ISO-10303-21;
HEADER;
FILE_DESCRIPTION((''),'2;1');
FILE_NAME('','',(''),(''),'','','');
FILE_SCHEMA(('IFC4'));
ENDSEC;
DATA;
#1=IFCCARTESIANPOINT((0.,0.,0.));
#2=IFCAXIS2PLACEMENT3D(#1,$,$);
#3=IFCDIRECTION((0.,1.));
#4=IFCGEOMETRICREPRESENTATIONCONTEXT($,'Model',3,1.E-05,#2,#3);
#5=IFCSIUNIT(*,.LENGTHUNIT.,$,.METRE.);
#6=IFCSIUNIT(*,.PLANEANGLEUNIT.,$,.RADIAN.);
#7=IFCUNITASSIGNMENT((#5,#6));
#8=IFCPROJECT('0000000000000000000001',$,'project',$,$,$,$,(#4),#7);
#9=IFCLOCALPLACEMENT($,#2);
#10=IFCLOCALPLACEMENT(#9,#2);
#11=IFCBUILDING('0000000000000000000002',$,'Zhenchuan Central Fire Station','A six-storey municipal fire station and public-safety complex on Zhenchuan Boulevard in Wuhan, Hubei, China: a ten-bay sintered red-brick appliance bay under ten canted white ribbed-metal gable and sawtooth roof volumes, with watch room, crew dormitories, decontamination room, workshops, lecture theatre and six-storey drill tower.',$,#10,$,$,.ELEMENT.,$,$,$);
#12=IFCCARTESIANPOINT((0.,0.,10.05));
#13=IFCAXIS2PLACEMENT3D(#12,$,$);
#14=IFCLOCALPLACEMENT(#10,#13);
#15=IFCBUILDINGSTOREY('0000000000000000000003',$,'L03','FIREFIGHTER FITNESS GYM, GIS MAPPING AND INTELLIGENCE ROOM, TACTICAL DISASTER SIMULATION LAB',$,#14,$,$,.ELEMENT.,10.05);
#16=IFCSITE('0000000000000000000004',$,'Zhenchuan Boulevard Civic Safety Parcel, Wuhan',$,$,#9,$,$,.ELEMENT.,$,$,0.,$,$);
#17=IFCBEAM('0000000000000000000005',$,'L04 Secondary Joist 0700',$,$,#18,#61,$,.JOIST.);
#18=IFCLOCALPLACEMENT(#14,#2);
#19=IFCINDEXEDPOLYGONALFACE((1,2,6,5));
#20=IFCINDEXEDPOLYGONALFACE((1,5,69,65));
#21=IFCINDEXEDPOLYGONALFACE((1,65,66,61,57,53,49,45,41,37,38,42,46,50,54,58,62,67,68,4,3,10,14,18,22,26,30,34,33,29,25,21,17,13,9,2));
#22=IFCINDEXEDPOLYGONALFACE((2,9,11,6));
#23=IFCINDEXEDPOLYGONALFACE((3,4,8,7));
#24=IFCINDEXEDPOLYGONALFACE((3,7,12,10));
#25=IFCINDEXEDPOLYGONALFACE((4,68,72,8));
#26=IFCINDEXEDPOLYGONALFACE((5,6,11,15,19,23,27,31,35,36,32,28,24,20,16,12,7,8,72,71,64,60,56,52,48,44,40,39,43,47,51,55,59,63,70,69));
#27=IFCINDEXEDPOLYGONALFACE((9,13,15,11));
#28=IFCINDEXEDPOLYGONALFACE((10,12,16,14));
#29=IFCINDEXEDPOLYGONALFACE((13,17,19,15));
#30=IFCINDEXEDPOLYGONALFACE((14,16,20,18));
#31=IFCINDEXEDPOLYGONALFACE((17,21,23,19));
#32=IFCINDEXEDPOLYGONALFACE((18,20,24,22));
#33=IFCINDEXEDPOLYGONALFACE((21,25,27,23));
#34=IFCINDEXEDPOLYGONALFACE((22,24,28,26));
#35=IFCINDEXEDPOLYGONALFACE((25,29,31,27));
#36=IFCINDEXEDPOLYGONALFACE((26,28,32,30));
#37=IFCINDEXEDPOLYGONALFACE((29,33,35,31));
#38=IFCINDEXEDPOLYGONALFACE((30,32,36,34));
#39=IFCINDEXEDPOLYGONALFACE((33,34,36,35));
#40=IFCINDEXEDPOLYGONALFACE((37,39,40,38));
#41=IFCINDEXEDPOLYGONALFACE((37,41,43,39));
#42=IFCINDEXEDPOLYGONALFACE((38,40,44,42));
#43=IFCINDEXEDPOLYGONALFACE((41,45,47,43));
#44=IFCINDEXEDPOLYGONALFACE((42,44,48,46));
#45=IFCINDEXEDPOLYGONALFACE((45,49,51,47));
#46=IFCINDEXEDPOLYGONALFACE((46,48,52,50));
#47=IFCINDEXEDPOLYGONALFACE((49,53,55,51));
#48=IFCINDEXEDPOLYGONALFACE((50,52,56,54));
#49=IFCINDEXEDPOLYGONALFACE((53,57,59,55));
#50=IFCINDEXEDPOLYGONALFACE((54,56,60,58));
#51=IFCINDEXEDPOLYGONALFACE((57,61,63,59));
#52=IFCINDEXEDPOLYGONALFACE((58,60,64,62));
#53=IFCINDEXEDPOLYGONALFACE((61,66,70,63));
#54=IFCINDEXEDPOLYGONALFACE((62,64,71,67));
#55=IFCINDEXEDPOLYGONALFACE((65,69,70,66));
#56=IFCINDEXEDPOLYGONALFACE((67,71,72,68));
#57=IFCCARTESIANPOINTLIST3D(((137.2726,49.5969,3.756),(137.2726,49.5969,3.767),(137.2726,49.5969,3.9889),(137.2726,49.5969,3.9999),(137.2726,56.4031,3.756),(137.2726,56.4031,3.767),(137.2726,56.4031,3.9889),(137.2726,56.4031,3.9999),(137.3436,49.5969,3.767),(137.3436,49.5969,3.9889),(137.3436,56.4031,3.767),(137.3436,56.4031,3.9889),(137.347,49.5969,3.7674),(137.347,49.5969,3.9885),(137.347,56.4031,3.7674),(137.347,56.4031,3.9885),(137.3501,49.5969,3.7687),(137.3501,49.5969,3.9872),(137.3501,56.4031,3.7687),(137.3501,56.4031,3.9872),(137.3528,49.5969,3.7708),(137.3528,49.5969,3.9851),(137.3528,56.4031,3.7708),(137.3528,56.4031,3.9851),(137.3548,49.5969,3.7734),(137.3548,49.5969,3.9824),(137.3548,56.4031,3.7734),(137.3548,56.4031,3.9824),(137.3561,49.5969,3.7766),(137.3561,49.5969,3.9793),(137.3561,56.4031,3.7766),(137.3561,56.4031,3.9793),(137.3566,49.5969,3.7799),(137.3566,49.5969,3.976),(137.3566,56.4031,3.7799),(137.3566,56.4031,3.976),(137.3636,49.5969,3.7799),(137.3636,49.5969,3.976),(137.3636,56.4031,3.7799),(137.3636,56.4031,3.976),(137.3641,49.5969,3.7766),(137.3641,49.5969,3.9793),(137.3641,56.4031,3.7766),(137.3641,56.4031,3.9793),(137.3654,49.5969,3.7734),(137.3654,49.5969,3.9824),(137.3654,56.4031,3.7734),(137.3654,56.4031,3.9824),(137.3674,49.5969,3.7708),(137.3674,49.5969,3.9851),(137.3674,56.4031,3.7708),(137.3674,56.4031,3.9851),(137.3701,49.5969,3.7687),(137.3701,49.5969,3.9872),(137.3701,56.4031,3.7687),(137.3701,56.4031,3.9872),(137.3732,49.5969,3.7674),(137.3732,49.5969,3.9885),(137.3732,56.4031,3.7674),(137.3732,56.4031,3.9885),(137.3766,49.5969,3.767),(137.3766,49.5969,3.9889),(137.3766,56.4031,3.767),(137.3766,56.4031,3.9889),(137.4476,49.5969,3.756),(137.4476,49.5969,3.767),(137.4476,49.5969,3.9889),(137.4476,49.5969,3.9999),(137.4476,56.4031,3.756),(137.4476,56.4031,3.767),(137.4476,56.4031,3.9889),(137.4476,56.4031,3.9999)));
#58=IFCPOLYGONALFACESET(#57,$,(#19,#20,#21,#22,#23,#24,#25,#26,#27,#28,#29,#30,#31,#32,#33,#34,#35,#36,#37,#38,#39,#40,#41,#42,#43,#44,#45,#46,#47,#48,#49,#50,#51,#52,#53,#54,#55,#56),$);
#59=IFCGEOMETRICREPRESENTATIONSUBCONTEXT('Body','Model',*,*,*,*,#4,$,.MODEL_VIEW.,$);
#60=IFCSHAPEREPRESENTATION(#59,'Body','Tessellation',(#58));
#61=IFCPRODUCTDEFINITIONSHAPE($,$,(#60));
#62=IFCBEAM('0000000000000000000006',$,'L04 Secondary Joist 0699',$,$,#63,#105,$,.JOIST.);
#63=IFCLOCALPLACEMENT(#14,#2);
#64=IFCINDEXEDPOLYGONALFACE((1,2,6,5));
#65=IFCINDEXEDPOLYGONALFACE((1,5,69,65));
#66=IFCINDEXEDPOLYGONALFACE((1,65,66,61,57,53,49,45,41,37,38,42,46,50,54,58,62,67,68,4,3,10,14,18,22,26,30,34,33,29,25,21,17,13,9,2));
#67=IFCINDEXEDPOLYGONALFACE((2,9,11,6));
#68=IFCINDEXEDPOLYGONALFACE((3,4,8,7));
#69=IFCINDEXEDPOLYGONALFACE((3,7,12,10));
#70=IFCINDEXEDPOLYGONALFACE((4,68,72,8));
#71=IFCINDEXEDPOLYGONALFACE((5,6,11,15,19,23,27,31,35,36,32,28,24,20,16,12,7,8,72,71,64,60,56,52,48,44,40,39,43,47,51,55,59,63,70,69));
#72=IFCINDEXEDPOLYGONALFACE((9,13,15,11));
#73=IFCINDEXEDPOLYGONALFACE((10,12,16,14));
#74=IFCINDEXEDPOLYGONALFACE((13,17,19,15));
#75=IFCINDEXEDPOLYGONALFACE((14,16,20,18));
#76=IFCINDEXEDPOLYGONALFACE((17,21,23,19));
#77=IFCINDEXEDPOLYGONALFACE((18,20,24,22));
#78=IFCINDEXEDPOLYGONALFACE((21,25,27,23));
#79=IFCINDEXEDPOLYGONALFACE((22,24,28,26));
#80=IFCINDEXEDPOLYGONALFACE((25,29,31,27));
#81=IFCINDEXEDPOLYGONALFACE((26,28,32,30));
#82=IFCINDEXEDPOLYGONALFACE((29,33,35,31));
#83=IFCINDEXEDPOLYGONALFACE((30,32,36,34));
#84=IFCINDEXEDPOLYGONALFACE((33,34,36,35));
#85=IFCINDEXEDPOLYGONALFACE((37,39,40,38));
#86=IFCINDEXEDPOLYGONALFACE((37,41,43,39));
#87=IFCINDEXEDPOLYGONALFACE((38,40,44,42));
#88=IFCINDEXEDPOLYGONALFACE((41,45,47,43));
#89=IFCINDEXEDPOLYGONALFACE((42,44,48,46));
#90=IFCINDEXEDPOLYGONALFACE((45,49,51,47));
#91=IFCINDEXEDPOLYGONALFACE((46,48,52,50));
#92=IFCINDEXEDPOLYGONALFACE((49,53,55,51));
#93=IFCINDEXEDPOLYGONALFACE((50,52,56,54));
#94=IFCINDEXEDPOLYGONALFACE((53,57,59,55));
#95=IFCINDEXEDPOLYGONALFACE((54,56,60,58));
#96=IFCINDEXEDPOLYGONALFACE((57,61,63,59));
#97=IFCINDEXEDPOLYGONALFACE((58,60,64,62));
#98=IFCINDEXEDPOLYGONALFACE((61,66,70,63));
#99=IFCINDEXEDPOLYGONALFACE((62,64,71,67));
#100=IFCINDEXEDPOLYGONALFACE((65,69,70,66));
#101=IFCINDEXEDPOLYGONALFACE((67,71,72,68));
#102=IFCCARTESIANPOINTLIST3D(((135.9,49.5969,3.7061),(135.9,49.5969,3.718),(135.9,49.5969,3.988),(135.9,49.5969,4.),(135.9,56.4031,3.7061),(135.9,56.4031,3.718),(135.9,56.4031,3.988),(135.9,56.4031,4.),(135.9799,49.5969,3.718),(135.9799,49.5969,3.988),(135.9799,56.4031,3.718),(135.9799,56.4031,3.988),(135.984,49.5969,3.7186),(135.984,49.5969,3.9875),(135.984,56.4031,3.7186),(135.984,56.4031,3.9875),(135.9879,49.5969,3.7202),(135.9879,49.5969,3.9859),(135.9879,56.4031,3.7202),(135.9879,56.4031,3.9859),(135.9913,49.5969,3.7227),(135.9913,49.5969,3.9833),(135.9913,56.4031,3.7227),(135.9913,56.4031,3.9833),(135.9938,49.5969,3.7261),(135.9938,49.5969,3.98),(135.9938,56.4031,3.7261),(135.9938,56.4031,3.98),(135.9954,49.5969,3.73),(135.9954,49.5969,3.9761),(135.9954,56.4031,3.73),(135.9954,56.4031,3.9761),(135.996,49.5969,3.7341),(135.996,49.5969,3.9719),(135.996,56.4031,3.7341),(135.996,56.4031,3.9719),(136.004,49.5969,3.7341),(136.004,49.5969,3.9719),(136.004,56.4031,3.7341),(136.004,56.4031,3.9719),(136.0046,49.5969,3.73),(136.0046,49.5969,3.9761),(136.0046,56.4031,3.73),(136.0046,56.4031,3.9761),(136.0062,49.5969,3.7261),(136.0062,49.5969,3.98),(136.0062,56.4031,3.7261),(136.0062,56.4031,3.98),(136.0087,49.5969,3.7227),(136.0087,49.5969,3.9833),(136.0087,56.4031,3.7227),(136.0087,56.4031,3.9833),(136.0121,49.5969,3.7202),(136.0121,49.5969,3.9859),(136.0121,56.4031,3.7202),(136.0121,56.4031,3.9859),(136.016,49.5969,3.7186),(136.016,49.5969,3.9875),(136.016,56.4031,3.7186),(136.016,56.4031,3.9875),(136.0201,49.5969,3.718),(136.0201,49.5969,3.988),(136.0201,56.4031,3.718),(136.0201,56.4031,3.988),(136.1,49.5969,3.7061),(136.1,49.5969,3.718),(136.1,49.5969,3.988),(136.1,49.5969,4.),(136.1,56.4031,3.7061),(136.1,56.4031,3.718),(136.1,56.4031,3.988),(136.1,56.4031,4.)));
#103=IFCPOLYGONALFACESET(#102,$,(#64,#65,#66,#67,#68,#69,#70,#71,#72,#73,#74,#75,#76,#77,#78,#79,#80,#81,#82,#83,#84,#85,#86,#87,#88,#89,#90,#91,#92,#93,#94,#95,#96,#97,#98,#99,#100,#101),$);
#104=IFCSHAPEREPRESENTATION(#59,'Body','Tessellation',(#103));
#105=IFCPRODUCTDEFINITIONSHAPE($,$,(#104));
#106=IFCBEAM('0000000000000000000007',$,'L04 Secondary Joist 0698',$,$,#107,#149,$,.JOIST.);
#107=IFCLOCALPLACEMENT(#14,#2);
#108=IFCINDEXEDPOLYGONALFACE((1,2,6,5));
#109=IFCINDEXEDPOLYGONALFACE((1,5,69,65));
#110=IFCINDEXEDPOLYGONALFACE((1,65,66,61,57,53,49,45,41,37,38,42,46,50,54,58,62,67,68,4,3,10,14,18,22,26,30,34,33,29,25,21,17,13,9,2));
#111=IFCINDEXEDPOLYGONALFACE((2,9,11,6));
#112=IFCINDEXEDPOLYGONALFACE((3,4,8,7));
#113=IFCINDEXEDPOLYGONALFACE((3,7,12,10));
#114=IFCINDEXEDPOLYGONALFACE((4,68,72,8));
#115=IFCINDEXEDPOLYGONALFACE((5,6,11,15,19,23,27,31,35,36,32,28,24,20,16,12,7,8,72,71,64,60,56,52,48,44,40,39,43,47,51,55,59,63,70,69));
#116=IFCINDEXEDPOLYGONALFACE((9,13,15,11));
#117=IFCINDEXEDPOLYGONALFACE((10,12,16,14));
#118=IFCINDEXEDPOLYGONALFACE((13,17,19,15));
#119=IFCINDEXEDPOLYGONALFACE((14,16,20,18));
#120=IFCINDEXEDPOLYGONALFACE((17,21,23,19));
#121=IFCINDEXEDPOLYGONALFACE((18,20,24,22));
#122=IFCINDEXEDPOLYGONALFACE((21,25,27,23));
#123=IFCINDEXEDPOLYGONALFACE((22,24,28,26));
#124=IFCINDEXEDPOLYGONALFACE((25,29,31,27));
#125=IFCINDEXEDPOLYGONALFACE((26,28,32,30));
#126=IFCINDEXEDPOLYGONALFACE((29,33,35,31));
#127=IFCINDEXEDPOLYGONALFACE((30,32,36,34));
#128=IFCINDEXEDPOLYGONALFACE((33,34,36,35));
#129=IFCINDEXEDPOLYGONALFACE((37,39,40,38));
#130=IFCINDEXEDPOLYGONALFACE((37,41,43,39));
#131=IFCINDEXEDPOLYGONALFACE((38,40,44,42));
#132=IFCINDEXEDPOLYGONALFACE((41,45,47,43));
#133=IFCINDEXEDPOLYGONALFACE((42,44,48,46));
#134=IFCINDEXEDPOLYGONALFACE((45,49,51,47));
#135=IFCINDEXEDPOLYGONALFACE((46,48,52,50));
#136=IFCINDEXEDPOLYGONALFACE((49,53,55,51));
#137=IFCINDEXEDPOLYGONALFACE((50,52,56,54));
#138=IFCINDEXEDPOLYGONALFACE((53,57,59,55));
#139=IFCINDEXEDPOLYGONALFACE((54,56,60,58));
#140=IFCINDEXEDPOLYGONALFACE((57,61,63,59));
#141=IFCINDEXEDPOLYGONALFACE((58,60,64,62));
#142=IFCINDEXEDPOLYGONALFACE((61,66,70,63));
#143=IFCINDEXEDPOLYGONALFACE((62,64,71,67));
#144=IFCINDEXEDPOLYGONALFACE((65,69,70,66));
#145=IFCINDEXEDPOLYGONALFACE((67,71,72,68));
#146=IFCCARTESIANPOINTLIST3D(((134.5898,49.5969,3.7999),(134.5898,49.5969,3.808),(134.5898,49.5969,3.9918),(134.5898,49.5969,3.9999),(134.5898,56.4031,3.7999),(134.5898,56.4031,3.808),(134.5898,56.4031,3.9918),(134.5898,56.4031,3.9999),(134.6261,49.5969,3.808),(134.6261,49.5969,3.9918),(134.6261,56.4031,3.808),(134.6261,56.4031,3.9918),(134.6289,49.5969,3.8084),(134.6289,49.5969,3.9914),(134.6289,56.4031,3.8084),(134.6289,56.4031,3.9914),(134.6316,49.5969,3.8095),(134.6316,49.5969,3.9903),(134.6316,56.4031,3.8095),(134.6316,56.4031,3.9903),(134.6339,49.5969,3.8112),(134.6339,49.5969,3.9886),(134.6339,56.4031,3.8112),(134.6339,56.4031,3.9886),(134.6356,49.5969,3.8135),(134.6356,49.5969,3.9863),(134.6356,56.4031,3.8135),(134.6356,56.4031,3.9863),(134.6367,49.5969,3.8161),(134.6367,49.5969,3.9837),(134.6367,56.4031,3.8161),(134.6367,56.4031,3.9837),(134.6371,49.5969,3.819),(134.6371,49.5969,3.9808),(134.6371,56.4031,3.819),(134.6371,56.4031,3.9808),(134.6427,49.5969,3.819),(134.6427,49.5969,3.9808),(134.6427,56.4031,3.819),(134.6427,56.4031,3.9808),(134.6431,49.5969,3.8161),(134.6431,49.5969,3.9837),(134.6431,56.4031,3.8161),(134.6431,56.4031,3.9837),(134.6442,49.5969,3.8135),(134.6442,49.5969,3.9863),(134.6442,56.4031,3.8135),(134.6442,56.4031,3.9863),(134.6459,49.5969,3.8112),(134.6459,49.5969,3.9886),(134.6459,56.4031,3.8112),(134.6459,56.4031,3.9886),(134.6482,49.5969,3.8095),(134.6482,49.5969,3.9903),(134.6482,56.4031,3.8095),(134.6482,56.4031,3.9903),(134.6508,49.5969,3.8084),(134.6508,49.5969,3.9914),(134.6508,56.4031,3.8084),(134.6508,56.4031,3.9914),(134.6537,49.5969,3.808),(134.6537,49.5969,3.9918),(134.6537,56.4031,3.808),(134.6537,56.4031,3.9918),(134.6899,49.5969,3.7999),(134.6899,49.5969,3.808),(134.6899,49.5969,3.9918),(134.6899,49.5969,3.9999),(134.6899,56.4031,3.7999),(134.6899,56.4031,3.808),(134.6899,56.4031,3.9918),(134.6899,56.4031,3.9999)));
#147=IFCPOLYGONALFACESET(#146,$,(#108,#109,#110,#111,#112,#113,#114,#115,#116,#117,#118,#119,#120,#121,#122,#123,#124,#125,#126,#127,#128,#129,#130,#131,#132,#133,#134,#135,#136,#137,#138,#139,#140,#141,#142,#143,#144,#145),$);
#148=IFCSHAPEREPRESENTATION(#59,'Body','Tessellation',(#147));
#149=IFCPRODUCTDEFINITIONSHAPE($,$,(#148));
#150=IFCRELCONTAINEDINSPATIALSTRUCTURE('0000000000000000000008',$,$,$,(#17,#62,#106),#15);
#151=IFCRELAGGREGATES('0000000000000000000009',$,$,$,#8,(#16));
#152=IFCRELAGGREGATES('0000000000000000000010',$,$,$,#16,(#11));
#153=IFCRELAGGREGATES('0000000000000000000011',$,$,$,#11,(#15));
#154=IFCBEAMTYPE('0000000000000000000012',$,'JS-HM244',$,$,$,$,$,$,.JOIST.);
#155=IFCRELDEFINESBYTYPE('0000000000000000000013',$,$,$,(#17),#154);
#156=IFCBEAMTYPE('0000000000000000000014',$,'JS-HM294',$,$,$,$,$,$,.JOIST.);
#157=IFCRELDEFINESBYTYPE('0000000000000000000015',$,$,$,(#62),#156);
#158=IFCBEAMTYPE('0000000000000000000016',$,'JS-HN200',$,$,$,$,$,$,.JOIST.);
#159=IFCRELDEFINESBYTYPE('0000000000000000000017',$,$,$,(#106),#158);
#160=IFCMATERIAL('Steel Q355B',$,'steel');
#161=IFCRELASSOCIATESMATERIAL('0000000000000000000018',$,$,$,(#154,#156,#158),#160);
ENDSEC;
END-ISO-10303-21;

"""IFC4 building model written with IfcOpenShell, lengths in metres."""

from ifc_helpers import new_model, si_unit, direction, frame, origin, origin_2d, place, context, subcontext, project, spatial, i_section, extrude, material, material_profile, profile_set, type_object, element, save


model = new_model("IFC4")

# Units and contexts
model_context = context("Model", 3, precision=1e-05, world=origin(), true_north=direction((0.0, 1.0)))
body_context = subcontext(model_context, "Body", "Model", "MODEL_VIEW")
ifc_project = project(units=[si_unit("LENGTHUNIT", "METRE"), si_unit("PLANEANGLEUNIT", "RADIAN")], contexts=[model_context])

# Site, building, storey
site_placement = place(None, origin())
site = spatial("IfcSite", under=ifc_project, at=site_placement, Name="Zhenchuan Boulevard Civic Safety Parcel, Wuhan", CompositionType="ELEMENT", RefElevation=0.0)
building_placement = place(site_placement, origin())
building = spatial("IfcBuilding", under=site, at=building_placement, Name="Zhenchuan Central Fire Station", Description="A six-storey municipal fire station and public-safety complex on Zhenchuan Boulevard in Wuhan, Hubei, China: a ten-bay sintered red-brick appliance bay under ten canted white ribbed-metal gable and sawtooth roof volumes, with watch room, crew dormitories, decontamination room, workshops, lecture theatre and six-storey drill tower.", CompositionType="ELEMENT")
storey_placement = place(building_placement, frame((0.0, 0.0, 10.05)))
storey = spatial("IfcBuildingStorey", under=building, at=storey_placement, Name="L03", Description="FIREFIGHTER FITNESS GYM, GIS MAPPING AND INTELLIGENCE ROOM, TACTICAL DISASTER SIMULATION LAB", CompositionType="ELEMENT", Elevation=10.05)

# Beams
ifc_material_1 = material(Name="Steel Q355B", Category="steel")
ifc_material_profile_1 = material_profile(ifc_material_1, i_section(OverallWidth=0.175, OverallDepth=0.2439, WebThickness=0.0071, FlangeThickness=0.011, FilletRadius=0.0129, at=origin_2d()), Name="HM 244x175")
ifc_profile_set_1 = profile_set([ifc_material_profile_1], Name="Steel Q355B")
beam_type_1 = type_object("IfcBeamType", Name="JS-HM244", PredefinedType="JOIST", material=ifc_profile_set_1)
beam_1_placement = place(storey_placement, frame((137.3601, 49.5969, 3.8779), z_axis=(0.0, 1.0, 0.0), x_axis=(-1.0, 0.0, 0.0)))
element("IfcBeam", 1, at=beam_1_placement, inside=storey, type_object=beam_type_1, Name="L04 Secondary Joist 0700", PredefinedType="JOIST", context=body_context, shape_type="SweptSolid", body=[
    extrude(i_section(OverallWidth=0.175, OverallDepth=0.2439, WebThickness=0.0071, FlangeThickness=0.011, FilletRadius=0.0129, at=origin_2d()), origin(), (0.0, 0.0, 1.0), 6.8062),
])
ifc_material_profile_2 = material_profile(ifc_material_1, i_section(OverallWidth=0.2, OverallDepth=0.2939, WebThickness=0.0081, FlangeThickness=0.012, FilletRadius=0.0161, at=origin_2d()), Name="HM 294x200")
ifc_profile_set_2 = profile_set([ifc_material_profile_2], Name="Steel Q355B")
beam_type_2 = type_object("IfcBeamType", Name="JS-HM294", PredefinedType="JOIST", material=ifc_profile_set_2)
beam_2_placement = place(storey_placement, frame((136.0, 49.5969, 3.853), z_axis=(0.0, 1.0, 0.0), x_axis=(-1.0, 0.0, 0.0)))
element("IfcBeam", 2, at=beam_2_placement, inside=storey, type_object=beam_type_2, Name="L04 Secondary Joist 0699", PredefinedType="JOIST", context=body_context, shape_type="SweptSolid", body=[
    extrude(i_section(OverallWidth=0.2, OverallDepth=0.2939, WebThickness=0.0081, FlangeThickness=0.012, FilletRadius=0.0161, at=origin_2d()), origin(), (0.0, 0.0, 1.0), 6.8062),
])
ifc_material_profile_3 = material_profile(ifc_material_1, i_section(OverallWidth=0.1001, OverallDepth=0.2, WebThickness=0.0056, FlangeThickness=0.0081, FilletRadius=0.011, at=origin_2d()), Name="HN 200x100")
ifc_profile_set_3 = profile_set([ifc_material_profile_3], Name="Steel Q355B")
beam_type_3 = type_object("IfcBeamType", Name="JS-HN200", PredefinedType="JOIST", material=ifc_profile_set_3)
beam_3_placement = place(storey_placement, frame((134.6399, 49.5969, 3.8999), z_axis=(0.0, 1.0, 0.0), x_axis=(-1.0, 0.0, 0.0)))
element("IfcBeam", 3, at=beam_3_placement, inside=storey, type_object=beam_type_3, Name="L04 Secondary Joist 0698", PredefinedType="JOIST", context=body_context, shape_type="SweptSolid", body=[
    extrude(i_section(OverallWidth=0.1001, OverallDepth=0.2, WebThickness=0.0056, FlangeThickness=0.0081, FilletRadius=0.011, at=origin_2d()), origin(), (0.0, 0.0, 1.0), 6.8062),
])

save(model, "model.ifc")
